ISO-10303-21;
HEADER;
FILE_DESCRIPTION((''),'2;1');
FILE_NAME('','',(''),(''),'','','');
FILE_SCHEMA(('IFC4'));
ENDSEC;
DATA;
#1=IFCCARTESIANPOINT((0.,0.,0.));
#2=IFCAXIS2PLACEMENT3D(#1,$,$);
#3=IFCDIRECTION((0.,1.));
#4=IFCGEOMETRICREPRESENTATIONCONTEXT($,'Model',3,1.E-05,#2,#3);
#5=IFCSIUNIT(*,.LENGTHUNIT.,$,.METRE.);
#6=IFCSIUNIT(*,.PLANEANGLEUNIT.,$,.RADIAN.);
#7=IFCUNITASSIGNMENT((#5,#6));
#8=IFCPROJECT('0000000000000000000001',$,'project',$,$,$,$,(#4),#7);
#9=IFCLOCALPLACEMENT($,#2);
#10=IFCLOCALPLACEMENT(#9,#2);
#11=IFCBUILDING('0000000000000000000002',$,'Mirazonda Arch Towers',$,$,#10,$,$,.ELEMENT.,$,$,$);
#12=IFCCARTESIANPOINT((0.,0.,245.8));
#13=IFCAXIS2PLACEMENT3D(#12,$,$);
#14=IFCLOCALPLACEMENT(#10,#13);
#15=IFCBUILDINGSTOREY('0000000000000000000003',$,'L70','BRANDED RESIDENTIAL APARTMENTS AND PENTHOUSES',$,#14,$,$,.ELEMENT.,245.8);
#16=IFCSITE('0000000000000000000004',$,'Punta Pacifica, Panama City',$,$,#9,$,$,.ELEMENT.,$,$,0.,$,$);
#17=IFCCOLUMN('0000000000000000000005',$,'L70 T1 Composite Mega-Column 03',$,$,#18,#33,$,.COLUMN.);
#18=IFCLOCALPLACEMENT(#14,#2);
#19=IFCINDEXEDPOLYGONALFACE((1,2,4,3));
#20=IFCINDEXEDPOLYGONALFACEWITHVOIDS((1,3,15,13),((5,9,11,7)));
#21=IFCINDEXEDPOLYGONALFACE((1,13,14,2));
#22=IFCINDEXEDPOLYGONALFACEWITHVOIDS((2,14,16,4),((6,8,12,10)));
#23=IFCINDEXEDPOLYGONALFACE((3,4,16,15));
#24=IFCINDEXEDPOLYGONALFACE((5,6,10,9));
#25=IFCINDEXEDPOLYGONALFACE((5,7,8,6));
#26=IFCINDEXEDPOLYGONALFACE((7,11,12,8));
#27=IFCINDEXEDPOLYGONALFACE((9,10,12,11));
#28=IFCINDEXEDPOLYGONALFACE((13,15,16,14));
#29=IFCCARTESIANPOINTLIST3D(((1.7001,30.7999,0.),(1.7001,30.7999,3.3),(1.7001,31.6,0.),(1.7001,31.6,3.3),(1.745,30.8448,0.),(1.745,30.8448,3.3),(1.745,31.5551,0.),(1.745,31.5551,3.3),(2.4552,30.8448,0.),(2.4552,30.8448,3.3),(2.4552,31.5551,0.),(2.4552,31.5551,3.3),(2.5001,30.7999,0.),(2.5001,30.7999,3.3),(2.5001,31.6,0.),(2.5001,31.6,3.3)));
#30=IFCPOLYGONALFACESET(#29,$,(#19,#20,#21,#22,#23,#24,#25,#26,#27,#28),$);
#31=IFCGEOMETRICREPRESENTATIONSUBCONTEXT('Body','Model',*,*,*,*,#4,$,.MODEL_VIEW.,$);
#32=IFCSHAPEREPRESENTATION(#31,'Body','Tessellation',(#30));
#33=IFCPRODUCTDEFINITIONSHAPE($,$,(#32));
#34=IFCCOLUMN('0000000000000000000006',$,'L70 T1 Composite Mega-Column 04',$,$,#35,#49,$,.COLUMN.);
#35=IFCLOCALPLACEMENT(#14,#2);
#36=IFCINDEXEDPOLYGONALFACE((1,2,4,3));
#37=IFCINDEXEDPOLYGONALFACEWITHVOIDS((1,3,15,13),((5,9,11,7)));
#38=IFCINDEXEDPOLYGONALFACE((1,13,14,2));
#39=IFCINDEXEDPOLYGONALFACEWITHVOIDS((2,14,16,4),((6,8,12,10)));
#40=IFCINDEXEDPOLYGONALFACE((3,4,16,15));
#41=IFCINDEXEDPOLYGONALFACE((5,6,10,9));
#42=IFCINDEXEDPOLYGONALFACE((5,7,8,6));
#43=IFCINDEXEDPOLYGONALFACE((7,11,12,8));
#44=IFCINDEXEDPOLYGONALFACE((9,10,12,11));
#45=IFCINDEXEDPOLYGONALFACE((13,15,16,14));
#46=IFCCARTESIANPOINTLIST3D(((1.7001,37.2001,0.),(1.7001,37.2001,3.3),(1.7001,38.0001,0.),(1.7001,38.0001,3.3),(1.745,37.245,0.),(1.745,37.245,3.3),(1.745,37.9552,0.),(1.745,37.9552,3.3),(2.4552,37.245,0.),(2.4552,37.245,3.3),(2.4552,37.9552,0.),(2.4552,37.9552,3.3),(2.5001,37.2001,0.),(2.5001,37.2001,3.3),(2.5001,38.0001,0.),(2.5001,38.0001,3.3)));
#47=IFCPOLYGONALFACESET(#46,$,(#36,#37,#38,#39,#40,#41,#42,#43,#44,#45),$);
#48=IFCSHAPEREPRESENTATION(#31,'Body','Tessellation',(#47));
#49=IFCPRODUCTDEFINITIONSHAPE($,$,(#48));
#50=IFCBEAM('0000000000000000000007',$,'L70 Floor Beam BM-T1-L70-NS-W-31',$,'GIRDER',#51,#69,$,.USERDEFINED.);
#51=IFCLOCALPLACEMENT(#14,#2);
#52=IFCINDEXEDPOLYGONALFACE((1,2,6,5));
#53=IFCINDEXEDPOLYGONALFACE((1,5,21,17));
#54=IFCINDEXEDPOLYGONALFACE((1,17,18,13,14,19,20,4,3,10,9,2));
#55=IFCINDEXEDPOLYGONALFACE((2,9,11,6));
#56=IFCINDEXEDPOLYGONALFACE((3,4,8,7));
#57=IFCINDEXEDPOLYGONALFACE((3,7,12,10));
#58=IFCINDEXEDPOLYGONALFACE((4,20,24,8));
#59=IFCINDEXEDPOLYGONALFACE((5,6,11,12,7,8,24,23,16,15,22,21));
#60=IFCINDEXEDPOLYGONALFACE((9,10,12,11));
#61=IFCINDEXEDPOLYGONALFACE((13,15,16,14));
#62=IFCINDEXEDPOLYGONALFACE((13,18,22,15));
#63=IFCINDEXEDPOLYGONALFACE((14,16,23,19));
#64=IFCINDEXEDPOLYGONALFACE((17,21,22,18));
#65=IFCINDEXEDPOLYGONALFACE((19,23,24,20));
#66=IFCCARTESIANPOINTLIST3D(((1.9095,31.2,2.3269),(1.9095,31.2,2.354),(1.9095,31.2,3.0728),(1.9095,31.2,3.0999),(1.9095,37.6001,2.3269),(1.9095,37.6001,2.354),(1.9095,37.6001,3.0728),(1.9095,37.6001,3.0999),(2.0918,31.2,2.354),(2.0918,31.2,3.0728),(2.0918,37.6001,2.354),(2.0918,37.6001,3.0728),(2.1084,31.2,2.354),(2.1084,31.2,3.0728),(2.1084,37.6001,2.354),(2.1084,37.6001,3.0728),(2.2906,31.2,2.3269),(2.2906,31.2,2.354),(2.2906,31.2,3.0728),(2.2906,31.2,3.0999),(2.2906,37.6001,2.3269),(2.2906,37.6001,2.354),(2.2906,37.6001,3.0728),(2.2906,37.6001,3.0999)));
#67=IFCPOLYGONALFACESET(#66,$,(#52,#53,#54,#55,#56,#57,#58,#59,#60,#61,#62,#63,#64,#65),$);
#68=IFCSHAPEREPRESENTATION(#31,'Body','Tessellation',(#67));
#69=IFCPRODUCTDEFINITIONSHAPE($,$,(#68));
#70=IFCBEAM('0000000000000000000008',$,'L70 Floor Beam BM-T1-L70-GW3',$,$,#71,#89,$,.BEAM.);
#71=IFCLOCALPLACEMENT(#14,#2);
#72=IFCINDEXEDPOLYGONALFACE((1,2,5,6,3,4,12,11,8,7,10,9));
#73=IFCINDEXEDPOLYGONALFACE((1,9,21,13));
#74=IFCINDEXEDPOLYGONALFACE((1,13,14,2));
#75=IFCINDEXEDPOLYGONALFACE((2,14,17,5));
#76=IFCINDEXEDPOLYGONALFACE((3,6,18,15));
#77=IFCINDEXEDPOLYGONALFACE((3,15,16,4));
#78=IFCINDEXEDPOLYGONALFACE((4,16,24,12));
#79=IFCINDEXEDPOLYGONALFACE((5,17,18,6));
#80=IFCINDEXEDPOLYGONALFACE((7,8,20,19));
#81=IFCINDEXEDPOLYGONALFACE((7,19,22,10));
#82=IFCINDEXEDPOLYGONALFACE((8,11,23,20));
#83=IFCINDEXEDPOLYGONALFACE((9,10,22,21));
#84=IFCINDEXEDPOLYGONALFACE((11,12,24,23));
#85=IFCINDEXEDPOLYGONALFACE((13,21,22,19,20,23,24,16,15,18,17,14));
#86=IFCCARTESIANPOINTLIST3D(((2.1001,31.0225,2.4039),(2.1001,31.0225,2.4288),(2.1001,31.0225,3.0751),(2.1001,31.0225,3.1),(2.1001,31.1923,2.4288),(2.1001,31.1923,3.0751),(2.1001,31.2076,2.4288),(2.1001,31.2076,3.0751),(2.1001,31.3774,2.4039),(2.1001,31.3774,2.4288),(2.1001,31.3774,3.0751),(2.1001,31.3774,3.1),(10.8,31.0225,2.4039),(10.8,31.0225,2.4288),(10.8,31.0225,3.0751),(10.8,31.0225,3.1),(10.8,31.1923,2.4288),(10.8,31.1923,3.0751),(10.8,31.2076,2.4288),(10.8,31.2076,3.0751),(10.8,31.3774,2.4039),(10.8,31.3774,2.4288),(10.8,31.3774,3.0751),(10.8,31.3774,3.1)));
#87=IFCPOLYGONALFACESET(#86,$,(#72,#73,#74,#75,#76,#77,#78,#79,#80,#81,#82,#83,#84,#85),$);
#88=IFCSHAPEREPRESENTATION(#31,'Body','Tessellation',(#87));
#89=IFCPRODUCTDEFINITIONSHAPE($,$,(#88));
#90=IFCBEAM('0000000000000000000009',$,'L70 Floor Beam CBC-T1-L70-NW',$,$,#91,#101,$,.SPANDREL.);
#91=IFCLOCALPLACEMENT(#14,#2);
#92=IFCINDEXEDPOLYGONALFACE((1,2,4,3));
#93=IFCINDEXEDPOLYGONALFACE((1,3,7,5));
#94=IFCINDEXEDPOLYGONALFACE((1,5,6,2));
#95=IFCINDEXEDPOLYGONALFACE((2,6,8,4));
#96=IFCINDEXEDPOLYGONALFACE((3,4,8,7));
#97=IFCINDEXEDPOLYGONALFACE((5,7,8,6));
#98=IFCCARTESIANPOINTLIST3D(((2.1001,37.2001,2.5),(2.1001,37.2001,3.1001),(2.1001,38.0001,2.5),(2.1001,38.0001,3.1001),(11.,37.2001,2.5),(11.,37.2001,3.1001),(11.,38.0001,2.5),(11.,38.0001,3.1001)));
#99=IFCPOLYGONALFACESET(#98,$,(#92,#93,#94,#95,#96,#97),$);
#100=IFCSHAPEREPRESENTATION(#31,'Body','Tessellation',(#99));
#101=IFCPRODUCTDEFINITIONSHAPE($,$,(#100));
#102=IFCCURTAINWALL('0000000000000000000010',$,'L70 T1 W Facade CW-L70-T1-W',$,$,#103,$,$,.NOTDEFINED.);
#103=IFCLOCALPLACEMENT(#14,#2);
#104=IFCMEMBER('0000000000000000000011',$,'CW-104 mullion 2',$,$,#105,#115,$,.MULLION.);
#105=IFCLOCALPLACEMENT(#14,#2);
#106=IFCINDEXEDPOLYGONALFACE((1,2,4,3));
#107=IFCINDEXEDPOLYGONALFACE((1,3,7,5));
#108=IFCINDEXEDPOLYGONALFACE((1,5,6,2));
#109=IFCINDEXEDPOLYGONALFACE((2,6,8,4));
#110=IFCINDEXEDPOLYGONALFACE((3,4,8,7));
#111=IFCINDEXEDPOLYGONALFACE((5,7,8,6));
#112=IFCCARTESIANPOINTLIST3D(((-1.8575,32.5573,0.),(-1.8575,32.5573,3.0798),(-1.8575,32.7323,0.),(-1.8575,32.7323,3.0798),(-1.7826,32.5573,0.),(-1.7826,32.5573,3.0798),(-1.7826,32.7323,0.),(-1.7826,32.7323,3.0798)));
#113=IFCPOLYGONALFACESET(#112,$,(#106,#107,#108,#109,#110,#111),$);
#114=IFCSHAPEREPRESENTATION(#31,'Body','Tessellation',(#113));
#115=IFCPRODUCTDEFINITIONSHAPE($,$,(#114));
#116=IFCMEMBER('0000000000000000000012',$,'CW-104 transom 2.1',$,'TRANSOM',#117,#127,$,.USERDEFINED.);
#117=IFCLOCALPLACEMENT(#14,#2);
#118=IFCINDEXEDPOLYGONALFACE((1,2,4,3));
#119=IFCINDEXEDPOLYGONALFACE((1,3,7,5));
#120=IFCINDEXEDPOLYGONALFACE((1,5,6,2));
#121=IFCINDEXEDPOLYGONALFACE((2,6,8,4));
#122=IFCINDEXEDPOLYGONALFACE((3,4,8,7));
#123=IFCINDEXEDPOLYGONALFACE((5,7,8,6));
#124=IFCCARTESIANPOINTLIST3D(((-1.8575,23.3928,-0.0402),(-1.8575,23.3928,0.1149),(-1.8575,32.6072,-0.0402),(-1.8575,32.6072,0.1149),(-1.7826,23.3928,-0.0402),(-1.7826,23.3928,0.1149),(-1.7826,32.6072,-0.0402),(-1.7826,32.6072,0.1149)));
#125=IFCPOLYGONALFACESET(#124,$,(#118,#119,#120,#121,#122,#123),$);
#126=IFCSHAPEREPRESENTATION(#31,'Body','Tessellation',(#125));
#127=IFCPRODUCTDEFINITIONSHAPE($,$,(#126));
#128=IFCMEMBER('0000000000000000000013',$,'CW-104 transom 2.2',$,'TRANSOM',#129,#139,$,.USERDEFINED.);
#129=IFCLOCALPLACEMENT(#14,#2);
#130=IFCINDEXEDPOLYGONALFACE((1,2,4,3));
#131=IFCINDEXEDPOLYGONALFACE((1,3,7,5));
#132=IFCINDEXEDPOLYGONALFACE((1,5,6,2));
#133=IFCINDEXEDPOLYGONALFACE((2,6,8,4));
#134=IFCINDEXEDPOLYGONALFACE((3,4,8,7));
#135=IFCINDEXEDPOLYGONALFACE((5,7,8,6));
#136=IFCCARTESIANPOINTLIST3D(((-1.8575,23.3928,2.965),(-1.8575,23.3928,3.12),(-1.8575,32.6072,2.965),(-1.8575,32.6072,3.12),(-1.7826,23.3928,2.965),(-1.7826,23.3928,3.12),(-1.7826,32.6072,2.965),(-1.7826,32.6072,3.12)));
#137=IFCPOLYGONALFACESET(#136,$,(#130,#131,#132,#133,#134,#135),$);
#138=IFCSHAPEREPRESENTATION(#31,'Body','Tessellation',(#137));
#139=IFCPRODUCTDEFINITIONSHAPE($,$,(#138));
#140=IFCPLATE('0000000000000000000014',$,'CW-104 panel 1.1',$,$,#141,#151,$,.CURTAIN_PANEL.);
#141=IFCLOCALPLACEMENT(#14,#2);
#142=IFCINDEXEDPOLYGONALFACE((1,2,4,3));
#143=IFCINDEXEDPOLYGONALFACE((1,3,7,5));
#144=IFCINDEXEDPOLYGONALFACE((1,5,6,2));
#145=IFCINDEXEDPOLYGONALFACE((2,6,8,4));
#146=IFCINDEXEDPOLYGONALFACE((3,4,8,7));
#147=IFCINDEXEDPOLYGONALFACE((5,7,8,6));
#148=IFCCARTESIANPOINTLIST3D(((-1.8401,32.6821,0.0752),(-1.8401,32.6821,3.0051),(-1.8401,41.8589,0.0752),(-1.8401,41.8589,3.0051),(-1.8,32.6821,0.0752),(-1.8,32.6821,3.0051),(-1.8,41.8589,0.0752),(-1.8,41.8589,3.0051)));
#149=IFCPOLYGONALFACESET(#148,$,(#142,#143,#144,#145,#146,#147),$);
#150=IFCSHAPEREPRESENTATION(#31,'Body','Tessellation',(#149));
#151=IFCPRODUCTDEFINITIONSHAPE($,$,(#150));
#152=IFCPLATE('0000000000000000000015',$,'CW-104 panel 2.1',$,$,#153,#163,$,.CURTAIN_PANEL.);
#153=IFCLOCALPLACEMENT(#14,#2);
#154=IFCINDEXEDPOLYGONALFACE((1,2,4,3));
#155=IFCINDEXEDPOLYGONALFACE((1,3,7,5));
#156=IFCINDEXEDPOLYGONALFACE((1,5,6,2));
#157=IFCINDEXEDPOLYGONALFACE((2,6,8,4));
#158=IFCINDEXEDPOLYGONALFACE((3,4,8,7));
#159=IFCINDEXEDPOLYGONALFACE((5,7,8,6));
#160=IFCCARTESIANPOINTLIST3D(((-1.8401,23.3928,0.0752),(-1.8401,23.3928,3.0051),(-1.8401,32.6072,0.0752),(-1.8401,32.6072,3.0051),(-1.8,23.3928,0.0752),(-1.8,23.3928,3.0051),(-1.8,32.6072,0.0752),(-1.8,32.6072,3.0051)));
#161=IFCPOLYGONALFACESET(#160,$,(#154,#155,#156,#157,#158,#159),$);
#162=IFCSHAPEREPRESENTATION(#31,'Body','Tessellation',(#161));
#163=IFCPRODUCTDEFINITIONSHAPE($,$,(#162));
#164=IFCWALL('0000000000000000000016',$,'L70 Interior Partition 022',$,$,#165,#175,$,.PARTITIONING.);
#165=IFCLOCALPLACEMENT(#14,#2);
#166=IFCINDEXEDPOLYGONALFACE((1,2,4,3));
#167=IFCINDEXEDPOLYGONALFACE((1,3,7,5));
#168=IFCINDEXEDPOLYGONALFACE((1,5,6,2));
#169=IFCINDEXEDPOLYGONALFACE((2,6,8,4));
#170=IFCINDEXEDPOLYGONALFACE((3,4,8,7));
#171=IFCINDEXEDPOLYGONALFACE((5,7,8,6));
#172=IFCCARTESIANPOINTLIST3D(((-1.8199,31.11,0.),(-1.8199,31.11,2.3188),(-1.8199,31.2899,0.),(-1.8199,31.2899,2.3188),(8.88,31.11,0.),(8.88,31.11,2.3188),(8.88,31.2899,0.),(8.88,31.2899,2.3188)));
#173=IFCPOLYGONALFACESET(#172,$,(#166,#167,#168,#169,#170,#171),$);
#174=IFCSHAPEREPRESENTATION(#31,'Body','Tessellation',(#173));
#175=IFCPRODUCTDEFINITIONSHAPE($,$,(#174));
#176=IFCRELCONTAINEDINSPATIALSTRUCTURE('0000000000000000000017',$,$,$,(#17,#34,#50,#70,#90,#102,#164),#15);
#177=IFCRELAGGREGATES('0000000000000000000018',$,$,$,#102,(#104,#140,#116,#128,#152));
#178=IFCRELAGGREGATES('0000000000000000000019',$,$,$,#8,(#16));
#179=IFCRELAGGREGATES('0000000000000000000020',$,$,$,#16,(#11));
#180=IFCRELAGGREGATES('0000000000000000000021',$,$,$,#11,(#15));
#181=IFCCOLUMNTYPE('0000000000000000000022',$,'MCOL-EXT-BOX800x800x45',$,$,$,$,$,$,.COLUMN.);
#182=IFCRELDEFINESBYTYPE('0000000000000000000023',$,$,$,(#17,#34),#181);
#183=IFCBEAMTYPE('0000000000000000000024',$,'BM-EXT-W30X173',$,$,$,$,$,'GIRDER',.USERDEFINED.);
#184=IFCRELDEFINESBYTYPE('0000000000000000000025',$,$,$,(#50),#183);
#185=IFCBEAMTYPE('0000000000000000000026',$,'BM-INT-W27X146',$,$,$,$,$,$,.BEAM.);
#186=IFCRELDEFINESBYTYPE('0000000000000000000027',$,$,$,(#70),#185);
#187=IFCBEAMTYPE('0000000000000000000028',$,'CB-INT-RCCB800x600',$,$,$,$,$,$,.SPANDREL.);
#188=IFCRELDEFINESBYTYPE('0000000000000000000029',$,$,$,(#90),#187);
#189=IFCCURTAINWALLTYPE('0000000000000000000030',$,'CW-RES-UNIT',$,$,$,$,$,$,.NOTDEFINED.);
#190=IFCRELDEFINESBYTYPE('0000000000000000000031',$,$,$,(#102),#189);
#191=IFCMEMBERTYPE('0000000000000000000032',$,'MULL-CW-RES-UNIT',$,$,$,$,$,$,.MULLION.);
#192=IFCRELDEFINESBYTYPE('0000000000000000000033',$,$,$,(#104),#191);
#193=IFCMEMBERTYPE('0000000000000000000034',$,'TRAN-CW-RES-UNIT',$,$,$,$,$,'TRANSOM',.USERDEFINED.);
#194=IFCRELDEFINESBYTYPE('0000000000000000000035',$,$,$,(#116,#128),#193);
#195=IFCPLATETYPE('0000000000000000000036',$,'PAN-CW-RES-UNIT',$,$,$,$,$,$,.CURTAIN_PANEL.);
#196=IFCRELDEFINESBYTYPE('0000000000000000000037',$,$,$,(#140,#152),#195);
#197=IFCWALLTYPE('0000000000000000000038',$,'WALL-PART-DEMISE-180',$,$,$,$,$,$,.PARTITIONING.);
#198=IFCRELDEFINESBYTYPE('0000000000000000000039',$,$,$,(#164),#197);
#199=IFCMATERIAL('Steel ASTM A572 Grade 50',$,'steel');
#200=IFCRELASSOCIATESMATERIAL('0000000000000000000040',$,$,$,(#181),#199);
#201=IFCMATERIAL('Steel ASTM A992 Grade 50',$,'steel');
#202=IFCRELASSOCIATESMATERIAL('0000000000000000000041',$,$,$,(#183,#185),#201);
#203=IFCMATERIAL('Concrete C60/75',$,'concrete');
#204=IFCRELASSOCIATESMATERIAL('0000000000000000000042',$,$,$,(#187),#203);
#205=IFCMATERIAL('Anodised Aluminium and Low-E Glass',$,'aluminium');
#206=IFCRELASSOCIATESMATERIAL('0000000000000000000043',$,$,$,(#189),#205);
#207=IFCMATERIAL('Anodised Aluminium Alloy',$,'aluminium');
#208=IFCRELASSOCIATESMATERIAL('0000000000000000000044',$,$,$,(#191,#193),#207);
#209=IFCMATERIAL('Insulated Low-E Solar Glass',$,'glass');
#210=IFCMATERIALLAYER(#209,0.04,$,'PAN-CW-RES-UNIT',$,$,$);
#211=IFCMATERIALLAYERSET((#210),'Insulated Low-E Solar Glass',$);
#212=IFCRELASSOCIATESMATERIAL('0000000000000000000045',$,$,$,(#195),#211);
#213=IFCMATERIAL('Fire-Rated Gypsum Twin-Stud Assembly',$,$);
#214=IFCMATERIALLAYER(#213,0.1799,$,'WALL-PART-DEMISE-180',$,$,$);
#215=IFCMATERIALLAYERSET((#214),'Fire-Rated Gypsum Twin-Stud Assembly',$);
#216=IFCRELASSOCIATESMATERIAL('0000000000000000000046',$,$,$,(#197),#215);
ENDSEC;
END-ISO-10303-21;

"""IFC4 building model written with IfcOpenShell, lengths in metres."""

from ifc_helpers import new_model, si_unit, direction, frame, frame_2d, origin, origin_2d, place, context, subcontext, project, spatial, rectangle, hollow_rectangle, i_section, extrude, material, layer, layer_set, material_profile, profile_set, type_object, element, aggregate, save


model = new_model("IFC4")

# Units and contexts
model_context = context("Model", 3, precision=1e-05, world=origin(), true_north=direction((0.0, 1.0)))
body_context = subcontext(model_context, "Body", "Model", "MODEL_VIEW")
ifc_project = project(units=[si_unit("LENGTHUNIT", "METRE"), si_unit("PLANEANGLEUNIT", "RADIAN")], contexts=[model_context])

# Site, building, storey
site_placement = place(None, origin())
site = spatial("IfcSite", under=ifc_project, at=site_placement, Name="Punta Pacifica, Panama City", CompositionType="ELEMENT", RefElevation=0.0)
building_placement = place(site_placement, origin())
building = spatial("IfcBuilding", under=site, at=building_placement, Name="Mirazonda Arch Towers", CompositionType="ELEMENT")
storey_placement = place(building_placement, frame((0.0, 0.0, 245.8)))
storey = spatial("IfcBuildingStorey", under=building, at=storey_placement, Name="L70", Description="BRANDED RESIDENTIAL APARTMENTS AND PENTHOUSES", CompositionType="ELEMENT", Elevation=245.8)

# Columns
ifc_material_1 = material(Name="Steel ASTM A572 Grade 50", Category="steel")
ifc_material_profile_1 = material_profile(ifc_material_1, hollow_rectangle(XDim=0.8, YDim=0.8, WallThickness=0.0449, at=origin_2d()), Name="BOX800x800x45")
ifc_profile_set_1 = profile_set([ifc_material_profile_1], Name="Steel ASTM A572 Grade 50")
column_type = type_object("IfcColumnType", Name="MCOL-EXT-BOX800x800x45", PredefinedType="COLUMN", material=ifc_profile_set_1)
for number, where, z_axis, x_axis, name in (
    (1, (2.1001, 31.2, 0.0), (0.0, 0.0, 1.0), (1.0, 0.0, 0.0), "L70 T1 Composite Mega-Column 03"),
    (2, (2.1001, 37.6001, 0.0), (0.0, 0.0, 1.0), (1.0, 0.0, 0.0), "L70 T1 Composite Mega-Column 04"),
):
    element("IfcColumn", number, at=place(storey_placement, frame(where, z_axis=z_axis, x_axis=x_axis)), inside=storey, type_object=column_type, Name=name, PredefinedType="COLUMN", context=body_context, shape_type="SweptSolid", body=[
        extrude(hollow_rectangle(XDim=0.8, YDim=0.8, WallThickness=0.0449, at=origin_2d()), origin(), (0.0, 0.0, 1.0), 3.3),
    ])

# Beams
ifc_material_2 = material(Name="Steel ASTM A992 Grade 50", Category="steel")
ifc_material_profile_2 = material_profile(ifc_material_2, i_section(OverallWidth=0.3811, OverallDepth=0.7729, WebThickness=0.0166, FlangeThickness=0.0271, at=origin_2d()), Name="W30X173")
ifc_profile_set_2 = profile_set([ifc_material_profile_2], Name="Steel ASTM A992 Grade 50")
beam_type_1 = type_object("IfcBeamType", Name="BM-EXT-W30X173", ElementType="GIRDER", PredefinedType="USERDEFINED", material=ifc_profile_set_2)
beam_1_placement = place(storey_placement, frame((2.1001, 31.2, 2.7134), z_axis=(0.0, 1.0, 0.0), x_axis=(-1.0, 0.0, 0.0)))
element("IfcBeam", 3, at=beam_1_placement, inside=storey, type_object=beam_type_1, Name="L70 Floor Beam BM-T1-L70-NS-W-31", ObjectType="GIRDER", PredefinedType="USERDEFINED", context=body_context, shape_type="SweptSolid", body=[
    extrude(i_section(OverallWidth=0.3811, OverallDepth=0.7729, WebThickness=0.0166, FlangeThickness=0.0271, at=origin_2d()), origin(), (0.0, 0.0, 1.0), 6.4001),
])
ifc_material_profile_3 = material_profile(ifc_material_2, i_section(OverallWidth=0.355, OverallDepth=0.696, WebThickness=0.0154, FlangeThickness=0.0249, at=origin_2d()), Name="W27X146")
ifc_profile_set_3 = profile_set([ifc_material_profile_3], Name="Steel ASTM A992 Grade 50")
beam_type_2 = type_object("IfcBeamType", Name="BM-INT-W27X146", PredefinedType="BEAM", material=ifc_profile_set_3)
beam_2_placement = place(storey_placement, frame((2.1001, 31.2, 2.752), z_axis=(1.0, 0.0, 0.0), x_axis=(0.0, 1.0, 0.0)))
element("IfcBeam", 4, at=beam_2_placement, inside=storey, type_object=beam_type_2, Name="L70 Floor Beam BM-T1-L70-GW3", PredefinedType="BEAM", context=body_context, shape_type="SweptSolid", body=[
    extrude(i_section(OverallWidth=0.355, OverallDepth=0.696, WebThickness=0.0154, FlangeThickness=0.0249, at=origin_2d()), origin(), (0.0, 0.0, 1.0), 8.7),
])
ifc_material_3 = material(Name="Concrete C60/75", Category="concrete")
ifc_material_profile_4 = material_profile(ifc_material_3, rectangle(XDim=0.8, YDim=0.6001, at=origin_2d()), Name="RCCB800x600")
ifc_profile_set_4 = profile_set([ifc_material_profile_4], Name="Concrete C60/75")
beam_type_3 = type_object("IfcBeamType", Name="CB-INT-RCCB800x600", PredefinedType="SPANDREL", material=ifc_profile_set_4)
beam_3_placement = place(storey_placement, frame((2.1001, 37.6001, 2.8), z_axis=(1.0, 0.0, 0.0), x_axis=(0.0, 1.0, 0.0)))
element("IfcBeam", 5, at=beam_3_placement, inside=storey, type_object=beam_type_3, Name="L70 Floor Beam CBC-T1-L70-NW", PredefinedType="SPANDREL", context=body_context, shape_type="SweptSolid", body=[
    extrude(rectangle(XDim=0.8, YDim=0.6001, at=origin_2d()), origin(), (0.0, 0.0, 1.0), 8.8999),
])

# Curtain wall, members, plates
ifc_material_4 = material(Name="Anodised Aluminium and Low-E Glass", Category="aluminium")
curtain_wall_type = type_object("IfcCurtainWallType", Name="CW-RES-UNIT", PredefinedType="NOTDEFINED", material=ifc_material_4)
curtain_wall_placement = place(storey_placement, origin())
curtain_wall = element("IfcCurtainWall", 6, at=curtain_wall_placement, inside=storey, type_object=curtain_wall_type, Name="L70 T1 W Facade CW-L70-T1-W", PredefinedType="NOTDEFINED")
ifc_material_5 = material(Name="Anodised Aluminium Alloy", Category="aluminium")
ifc_material_profile_5 = material_profile(ifc_material_5, rectangle(XDim=0.075, YDim=0.175, at=origin_2d()), Name="ALU-MULL-75x175")
ifc_profile_set_5 = profile_set([ifc_material_profile_5], Name="Anodised Aluminium Alloy")
member_type_1 = type_object("IfcMemberType", Name="MULL-CW-RES-UNIT", PredefinedType="MULLION", material=ifc_profile_set_5)
member_1_placement = place(storey_placement, frame((-1.8201, 32.6448, 0.0), z_axis=(0.0, 0.0, 1.0), x_axis=(1.0, 0.0, 0.0)))
member_1 = element("IfcMember", 7, at=member_1_placement, type_object=member_type_1, Name="CW-104 mullion 2", PredefinedType="MULLION", context=body_context, shape_type="SweptSolid", body=[
    extrude(rectangle(XDim=0.075, YDim=0.175, at=origin_2d()), origin(), (0.0, 0.0, 1.0), 3.0798),
])
ifc_material_profile_6 = material_profile(ifc_material_5, rectangle(XDim=0.075, YDim=0.155, at=origin_2d()), Name="ALU-TRAN-75x155")
ifc_profile_set_6 = profile_set([ifc_material_profile_6], Name="Anodised Aluminium Alloy")
member_type_2 = type_object("IfcMemberType", Name="TRAN-CW-RES-UNIT", ElementType="TRANSOM", PredefinedType="USERDEFINED", material=ifc_profile_set_6)
member_2_placement = place(storey_placement, frame((-1.8201, 32.6072, 0.0374), z_axis=(0.0, -1.0, 0.0), x_axis=(1.0, 0.0, 0.0)))
member_2 = element("IfcMember", 8, at=member_2_placement, type_object=member_type_2, Name="CW-104 transom 2.1", ObjectType="TRANSOM", PredefinedType="USERDEFINED", context=body_context, shape_type="SweptSolid", body=[
    extrude(rectangle(XDim=0.075, YDim=0.155, at=origin_2d()), origin(), (0.0, 0.0, 1.0), 9.2144),
])
member_3_placement = place(storey_placement, frame((-1.8201, 32.6072, 3.0425), z_axis=(0.0, -1.0, 0.0), x_axis=(1.0, 0.0, 0.0)))
member_3 = element("IfcMember", 9, at=member_3_placement, type_object=member_type_2, Name="CW-104 transom 2.2", ObjectType="TRANSOM", PredefinedType="USERDEFINED", context=body_context, shape_type="SweptSolid", body=[
    extrude(rectangle(XDim=0.075, YDim=0.155, at=origin_2d()), origin(), (0.0, 0.0, 1.0), 9.2144),
])
ifc_material_6 = material(Name="Insulated Low-E Solar Glass", Category="glass")
ifc_layer_1 = layer(ifc_material_6, 0.04, Name="PAN-CW-RES-UNIT")
ifc_layer_set_1 = layer_set([ifc_layer_1], Name="Insulated Low-E Solar Glass")
plate_type = type_object("IfcPlateType", Name="PAN-CW-RES-UNIT", PredefinedType="CURTAIN_PANEL", material=ifc_layer_set_1)
plate_1_placement = place(storey_placement, frame((-1.8201, 37.2705, 0.0752), z_axis=(0.0, 0.0, 1.0), x_axis=(0.0, -1.0, 0.0)))
plate_1 = element("IfcPlate", 10, at=plate_1_placement, type_object=plate_type, Name="CW-104 panel 1.1", PredefinedType="CURTAIN_PANEL", context=body_context, shape_type="SweptSolid", body=[
    extrude(rectangle(XDim=9.1768, YDim=0.04, at=origin_2d()), origin(), (0.0, 0.0, 1.0), 2.9299),
])
plate_2_placement = place(storey_placement, frame((-1.8201, 28.0, 0.0752), z_axis=(0.0, 0.0, 1.0), x_axis=(0.0, -1.0, 0.0)))
plate_2 = element("IfcPlate", 11, at=plate_2_placement, type_object=plate_type, Name="CW-104 panel 2.1", PredefinedType="CURTAIN_PANEL", context=body_context, shape_type="SweptSolid", body=[
    extrude(rectangle(XDim=9.2144, YDim=0.04, at=origin_2d()), origin(), (0.0, 0.0, 1.0), 2.9299),
])
aggregate(curtain_wall, [member_1, plate_1, member_2, member_3, plate_2])

# Shared definitions
ifc_material_7 = material(Name="Fire-Rated Gypsum Twin-Stud Assembly")
ifc_layer_2 = layer(ifc_material_7, 0.1799, Name="WALL-PART-DEMISE-180")
ifc_layer_set_2 = layer_set([ifc_layer_2], Name="Fire-Rated Gypsum Twin-Stud Assembly")
wall_type_1 = type_object("IfcWallType", Name="WALL-PART-DEMISE-180", PredefinedType="PARTITIONING", material=ifc_layer_set_2)

# Wall
wall_1_placement = place(storey_placement, frame((-1.8201, 31.2, 0.0), z_axis=(0.0, 0.0, 1.0), x_axis=(1.0, 0.0, 0.0)))
element("IfcWall", 12, at=wall_1_placement, inside=storey, type_object=wall_type_1, Name="L70 Interior Partition 022", PredefinedType="PARTITIONING", context=body_context, shape_type="SweptSolid", body=[
    extrude(rectangle(XDim=10.7, YDim=0.1799, at=frame_2d((5.3501, 0.0))), origin(), (0.0, 0.0, 1.0), 2.3188),
])

save(model, "model.ifc")
